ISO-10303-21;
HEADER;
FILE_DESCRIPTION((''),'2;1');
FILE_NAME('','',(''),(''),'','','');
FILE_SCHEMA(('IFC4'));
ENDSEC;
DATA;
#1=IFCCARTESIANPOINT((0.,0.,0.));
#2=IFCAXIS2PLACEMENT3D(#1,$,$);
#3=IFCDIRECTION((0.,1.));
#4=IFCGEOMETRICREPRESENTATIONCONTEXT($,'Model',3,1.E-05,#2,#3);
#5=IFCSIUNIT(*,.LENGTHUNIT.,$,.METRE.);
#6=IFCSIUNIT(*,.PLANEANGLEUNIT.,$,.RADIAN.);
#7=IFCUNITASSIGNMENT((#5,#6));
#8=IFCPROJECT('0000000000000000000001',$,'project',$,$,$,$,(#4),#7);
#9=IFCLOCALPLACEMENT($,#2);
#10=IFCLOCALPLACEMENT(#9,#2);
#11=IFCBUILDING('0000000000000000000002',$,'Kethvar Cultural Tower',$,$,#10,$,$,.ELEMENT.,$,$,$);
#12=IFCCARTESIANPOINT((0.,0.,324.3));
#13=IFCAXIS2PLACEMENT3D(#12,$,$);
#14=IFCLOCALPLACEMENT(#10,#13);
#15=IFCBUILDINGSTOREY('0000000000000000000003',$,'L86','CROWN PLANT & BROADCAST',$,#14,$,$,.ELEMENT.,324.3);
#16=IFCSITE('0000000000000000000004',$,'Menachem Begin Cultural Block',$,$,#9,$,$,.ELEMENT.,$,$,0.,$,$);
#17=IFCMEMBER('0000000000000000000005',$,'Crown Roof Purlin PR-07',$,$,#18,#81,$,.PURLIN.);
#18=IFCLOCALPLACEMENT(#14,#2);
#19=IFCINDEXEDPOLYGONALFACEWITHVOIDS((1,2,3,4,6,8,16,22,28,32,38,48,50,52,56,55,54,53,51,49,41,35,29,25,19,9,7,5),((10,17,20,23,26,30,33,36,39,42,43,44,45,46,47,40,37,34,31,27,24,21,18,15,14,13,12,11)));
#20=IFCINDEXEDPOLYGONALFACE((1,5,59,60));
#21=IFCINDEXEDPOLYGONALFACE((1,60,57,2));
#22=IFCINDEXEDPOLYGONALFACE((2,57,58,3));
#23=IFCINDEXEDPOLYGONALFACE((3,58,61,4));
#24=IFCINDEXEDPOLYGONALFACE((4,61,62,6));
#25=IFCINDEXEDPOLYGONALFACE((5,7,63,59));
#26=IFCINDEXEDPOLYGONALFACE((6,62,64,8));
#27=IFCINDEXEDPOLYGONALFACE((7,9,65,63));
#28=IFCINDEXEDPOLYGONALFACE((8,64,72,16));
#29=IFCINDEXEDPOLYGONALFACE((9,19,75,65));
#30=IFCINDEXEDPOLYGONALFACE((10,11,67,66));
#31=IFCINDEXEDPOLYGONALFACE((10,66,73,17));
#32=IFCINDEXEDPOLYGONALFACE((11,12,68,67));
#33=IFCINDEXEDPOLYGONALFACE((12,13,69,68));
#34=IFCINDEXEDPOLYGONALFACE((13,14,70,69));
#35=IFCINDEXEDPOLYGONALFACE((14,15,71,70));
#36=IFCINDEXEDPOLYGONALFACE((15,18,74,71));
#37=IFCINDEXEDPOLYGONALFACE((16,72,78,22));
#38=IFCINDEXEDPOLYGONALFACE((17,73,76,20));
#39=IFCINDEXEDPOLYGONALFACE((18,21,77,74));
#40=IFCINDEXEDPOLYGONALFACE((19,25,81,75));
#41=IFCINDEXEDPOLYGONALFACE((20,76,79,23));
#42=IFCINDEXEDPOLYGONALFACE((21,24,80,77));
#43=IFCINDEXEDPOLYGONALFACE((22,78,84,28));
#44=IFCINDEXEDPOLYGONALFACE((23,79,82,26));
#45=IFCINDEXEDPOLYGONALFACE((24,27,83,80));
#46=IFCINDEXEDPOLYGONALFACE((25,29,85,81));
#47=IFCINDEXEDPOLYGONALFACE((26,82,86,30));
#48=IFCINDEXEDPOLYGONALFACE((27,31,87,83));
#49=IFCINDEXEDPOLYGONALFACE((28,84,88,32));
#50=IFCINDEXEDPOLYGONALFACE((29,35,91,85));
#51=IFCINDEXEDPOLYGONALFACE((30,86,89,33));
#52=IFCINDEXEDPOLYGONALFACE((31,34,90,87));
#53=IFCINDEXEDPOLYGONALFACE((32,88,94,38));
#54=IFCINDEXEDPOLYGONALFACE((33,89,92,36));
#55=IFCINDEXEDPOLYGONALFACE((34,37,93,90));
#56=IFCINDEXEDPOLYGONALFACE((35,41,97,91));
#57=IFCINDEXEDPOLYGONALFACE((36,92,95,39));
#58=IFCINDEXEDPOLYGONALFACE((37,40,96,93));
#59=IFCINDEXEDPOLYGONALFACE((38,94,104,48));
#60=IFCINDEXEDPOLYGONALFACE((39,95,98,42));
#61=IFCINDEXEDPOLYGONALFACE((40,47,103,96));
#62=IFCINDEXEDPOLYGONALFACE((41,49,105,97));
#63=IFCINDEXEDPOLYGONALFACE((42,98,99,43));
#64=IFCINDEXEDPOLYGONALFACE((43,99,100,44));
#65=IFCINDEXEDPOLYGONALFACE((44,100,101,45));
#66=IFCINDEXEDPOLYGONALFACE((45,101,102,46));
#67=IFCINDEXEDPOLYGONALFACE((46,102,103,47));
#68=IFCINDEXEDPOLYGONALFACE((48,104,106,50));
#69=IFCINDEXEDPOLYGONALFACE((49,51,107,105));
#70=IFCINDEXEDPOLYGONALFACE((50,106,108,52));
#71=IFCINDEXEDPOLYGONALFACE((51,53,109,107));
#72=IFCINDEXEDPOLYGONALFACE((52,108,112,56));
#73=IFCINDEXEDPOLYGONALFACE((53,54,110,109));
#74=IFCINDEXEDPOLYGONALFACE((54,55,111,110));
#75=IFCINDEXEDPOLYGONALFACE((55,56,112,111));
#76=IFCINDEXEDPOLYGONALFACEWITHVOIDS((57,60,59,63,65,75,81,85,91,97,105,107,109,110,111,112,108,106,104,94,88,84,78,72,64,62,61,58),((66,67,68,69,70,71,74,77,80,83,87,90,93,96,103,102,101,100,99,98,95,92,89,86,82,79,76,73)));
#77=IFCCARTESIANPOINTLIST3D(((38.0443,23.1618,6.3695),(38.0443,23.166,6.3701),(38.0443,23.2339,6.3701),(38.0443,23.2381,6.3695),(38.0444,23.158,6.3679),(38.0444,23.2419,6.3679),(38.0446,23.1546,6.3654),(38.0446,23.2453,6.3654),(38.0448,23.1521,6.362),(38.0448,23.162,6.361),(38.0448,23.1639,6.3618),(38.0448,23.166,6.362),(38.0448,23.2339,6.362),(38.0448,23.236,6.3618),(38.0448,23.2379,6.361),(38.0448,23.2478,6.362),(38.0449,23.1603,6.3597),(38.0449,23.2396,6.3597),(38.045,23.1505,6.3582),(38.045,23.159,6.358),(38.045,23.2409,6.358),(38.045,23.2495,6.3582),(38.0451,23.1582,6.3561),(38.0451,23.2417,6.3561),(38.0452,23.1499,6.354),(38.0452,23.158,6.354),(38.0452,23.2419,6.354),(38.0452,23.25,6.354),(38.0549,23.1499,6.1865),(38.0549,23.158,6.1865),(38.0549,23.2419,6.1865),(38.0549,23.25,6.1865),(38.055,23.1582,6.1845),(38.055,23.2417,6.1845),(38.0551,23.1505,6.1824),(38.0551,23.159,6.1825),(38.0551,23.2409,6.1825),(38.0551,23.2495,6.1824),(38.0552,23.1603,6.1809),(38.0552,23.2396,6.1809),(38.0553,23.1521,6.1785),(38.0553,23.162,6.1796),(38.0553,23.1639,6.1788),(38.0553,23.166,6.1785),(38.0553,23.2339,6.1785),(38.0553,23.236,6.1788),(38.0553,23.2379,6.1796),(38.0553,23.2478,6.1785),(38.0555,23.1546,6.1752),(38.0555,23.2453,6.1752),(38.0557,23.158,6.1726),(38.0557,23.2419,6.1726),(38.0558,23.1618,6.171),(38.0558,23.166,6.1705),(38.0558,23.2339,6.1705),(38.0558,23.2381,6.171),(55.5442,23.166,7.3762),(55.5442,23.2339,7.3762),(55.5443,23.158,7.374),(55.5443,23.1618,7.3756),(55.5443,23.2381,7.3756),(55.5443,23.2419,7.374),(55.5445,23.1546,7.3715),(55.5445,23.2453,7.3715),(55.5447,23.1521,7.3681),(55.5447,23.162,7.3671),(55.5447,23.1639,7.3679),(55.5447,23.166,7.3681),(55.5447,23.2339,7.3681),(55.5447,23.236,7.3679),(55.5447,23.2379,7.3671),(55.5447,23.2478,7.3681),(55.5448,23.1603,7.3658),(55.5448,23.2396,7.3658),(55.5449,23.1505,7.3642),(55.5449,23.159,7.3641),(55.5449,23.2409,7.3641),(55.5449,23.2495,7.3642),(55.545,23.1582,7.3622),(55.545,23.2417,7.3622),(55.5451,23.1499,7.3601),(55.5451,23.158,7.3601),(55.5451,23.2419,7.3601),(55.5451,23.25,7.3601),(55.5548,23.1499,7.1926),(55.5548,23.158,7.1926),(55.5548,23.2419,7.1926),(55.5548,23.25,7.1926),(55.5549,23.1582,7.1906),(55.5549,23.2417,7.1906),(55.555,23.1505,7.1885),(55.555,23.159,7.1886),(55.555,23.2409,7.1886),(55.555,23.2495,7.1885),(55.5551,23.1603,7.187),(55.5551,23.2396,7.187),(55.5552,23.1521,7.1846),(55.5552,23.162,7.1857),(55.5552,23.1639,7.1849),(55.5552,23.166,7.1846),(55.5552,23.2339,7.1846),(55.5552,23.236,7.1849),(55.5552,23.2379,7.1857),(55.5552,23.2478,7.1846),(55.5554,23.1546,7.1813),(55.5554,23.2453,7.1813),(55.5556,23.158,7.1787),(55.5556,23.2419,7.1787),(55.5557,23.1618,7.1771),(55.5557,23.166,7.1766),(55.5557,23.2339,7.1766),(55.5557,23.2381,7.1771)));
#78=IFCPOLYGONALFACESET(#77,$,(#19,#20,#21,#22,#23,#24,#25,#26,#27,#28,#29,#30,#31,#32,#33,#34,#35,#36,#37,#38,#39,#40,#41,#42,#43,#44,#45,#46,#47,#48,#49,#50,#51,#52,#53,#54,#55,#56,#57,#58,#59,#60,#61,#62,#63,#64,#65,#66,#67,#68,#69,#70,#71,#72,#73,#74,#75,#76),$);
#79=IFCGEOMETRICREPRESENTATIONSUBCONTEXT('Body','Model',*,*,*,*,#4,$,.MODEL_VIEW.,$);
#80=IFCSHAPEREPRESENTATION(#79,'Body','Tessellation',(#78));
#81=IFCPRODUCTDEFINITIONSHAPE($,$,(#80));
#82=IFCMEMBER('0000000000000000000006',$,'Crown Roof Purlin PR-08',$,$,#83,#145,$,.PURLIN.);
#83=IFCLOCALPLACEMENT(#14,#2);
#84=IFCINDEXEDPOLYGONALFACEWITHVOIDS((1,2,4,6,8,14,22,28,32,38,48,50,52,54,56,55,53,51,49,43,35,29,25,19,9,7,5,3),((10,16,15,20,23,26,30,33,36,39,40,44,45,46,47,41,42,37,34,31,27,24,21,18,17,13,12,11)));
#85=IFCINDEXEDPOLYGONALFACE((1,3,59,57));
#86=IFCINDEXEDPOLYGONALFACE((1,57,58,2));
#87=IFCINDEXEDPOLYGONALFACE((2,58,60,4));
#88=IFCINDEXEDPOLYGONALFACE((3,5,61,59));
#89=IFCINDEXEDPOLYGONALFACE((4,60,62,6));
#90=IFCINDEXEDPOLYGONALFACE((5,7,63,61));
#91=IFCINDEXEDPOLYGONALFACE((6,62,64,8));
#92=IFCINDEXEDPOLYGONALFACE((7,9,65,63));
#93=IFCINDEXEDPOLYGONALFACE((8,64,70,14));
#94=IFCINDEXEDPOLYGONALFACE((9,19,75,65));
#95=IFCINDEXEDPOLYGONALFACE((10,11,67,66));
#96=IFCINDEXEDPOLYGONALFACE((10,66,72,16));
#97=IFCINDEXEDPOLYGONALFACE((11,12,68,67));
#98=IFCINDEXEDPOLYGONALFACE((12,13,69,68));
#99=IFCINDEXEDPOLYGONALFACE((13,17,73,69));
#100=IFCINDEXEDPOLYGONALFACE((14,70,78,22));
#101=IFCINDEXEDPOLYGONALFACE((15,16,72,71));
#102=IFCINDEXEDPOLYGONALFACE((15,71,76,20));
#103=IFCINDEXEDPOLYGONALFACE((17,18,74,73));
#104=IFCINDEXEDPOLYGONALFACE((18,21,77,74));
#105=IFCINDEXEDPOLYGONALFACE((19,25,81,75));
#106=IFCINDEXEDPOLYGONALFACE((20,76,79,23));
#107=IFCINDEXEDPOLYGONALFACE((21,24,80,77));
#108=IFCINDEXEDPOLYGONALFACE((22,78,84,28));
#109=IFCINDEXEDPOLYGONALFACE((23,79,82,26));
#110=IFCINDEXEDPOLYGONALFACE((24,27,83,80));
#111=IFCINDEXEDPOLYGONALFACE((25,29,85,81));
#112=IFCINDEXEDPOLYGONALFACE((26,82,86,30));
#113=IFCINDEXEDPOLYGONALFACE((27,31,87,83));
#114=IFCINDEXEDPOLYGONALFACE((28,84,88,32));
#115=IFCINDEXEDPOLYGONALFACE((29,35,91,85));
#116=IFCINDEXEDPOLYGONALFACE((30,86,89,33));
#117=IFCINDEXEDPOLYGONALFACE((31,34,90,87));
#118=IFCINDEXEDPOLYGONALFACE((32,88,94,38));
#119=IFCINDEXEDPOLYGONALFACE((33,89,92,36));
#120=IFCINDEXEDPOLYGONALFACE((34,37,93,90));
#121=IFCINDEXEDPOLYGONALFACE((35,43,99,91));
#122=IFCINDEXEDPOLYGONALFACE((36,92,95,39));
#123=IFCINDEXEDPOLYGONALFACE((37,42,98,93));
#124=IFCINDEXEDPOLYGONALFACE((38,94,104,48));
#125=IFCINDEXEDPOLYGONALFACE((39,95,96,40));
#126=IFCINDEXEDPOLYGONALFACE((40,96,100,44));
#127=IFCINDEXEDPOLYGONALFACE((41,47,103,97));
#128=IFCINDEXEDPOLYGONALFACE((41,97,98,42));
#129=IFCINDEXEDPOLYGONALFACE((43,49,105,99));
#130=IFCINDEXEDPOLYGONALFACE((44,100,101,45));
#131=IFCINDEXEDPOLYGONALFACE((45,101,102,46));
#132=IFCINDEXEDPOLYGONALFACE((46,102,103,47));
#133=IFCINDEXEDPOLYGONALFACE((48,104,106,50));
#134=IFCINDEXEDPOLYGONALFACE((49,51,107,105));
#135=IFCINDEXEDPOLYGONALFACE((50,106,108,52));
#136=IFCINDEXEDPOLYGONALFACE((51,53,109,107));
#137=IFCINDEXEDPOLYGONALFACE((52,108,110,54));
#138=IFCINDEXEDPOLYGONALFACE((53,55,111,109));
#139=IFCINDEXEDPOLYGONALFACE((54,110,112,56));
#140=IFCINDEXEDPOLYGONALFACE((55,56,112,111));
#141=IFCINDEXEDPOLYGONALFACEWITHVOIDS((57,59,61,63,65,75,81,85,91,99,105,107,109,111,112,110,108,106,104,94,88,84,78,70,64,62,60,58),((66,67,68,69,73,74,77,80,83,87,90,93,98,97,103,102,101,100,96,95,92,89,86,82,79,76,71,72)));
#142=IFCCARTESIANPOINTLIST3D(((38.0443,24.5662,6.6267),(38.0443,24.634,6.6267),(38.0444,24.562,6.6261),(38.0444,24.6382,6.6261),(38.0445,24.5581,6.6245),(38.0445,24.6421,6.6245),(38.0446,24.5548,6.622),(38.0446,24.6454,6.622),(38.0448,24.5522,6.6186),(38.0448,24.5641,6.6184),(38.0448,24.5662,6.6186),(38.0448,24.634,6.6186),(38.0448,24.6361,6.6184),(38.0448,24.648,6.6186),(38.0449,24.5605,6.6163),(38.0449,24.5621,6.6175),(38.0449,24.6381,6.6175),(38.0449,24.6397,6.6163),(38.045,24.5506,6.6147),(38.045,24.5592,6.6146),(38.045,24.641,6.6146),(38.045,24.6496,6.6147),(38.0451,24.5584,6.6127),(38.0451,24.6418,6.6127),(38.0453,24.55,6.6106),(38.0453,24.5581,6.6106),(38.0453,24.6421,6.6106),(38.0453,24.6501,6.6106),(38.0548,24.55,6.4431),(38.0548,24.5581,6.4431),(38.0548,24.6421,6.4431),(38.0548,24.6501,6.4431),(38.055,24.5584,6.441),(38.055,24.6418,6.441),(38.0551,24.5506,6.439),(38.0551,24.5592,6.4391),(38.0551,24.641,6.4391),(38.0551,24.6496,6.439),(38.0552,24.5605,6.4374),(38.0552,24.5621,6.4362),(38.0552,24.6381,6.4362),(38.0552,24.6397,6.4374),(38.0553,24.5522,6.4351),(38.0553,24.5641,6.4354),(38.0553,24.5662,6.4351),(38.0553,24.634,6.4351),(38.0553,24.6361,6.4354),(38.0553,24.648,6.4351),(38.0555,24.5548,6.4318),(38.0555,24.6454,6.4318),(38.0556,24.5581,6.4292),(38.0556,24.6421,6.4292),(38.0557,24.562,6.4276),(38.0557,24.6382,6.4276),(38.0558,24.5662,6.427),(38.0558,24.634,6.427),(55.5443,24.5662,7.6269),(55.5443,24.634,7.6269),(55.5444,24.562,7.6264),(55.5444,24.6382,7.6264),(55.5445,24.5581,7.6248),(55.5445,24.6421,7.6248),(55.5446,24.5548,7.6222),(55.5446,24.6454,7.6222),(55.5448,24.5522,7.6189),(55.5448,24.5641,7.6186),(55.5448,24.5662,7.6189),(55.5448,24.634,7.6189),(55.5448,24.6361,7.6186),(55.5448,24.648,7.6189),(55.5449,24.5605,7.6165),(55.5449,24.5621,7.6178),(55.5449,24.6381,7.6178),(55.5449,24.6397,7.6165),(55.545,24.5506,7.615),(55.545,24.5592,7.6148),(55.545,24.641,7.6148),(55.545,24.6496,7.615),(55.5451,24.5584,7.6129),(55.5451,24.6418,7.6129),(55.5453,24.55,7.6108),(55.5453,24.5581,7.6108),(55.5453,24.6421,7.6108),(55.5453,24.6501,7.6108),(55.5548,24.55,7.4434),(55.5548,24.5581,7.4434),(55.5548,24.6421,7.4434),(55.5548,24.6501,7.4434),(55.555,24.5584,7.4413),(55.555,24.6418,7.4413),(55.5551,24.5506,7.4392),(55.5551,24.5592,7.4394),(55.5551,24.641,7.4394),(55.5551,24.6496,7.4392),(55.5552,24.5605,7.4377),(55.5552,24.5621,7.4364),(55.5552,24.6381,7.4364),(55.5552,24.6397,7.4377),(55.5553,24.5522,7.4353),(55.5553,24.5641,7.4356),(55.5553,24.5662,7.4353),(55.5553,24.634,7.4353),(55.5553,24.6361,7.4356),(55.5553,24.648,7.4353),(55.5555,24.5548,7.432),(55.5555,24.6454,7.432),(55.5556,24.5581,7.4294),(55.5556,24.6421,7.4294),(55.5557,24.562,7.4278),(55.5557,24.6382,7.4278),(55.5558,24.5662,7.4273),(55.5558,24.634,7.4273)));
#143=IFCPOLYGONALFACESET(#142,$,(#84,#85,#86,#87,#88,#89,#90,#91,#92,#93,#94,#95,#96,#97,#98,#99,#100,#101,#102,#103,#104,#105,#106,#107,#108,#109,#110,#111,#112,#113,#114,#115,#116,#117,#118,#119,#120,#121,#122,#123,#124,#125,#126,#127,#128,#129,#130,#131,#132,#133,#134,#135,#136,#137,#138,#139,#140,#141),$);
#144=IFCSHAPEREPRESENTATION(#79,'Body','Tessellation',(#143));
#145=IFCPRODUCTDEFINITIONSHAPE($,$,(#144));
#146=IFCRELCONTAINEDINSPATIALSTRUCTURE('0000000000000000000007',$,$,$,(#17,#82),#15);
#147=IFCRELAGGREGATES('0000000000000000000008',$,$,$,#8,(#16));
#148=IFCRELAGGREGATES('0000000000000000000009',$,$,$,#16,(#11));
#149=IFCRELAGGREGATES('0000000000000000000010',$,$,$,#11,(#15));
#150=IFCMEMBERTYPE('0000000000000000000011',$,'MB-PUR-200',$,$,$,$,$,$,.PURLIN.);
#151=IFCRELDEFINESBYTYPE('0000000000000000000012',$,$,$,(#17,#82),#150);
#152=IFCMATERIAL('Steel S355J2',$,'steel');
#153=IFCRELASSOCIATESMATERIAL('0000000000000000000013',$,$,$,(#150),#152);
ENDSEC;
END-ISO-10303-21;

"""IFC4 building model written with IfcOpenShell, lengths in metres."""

from ifc_helpers import new_model, si_unit, direction, frame, origin, origin_2d, place, context, subcontext, project, spatial, hollow_rectangle, extrude, source, transform, mapped, material, material_profile, profile_set, type_object, element, save


model = new_model("IFC4")

# Units and contexts
model_context = context("Model", 3, precision=1e-05, world=origin(), true_north=direction((0.0, 1.0)))
body_context = subcontext(model_context, "Body", "Model", "MODEL_VIEW")
ifc_project = project(units=[si_unit("LENGTHUNIT", "METRE"), si_unit("PLANEANGLEUNIT", "RADIAN")], contexts=[model_context])

# Site, building, storey
site_placement = place(None, origin())
site = spatial("IfcSite", under=ifc_project, at=site_placement, Name="Menachem Begin Cultural Block", CompositionType="ELEMENT", RefElevation=0.0)
building_placement = place(site_placement, origin())
building = spatial("IfcBuilding", under=site, at=building_placement, Name="Kethvar Cultural Tower", CompositionType="ELEMENT")
storey_placement = place(building_placement, frame((0.0, 0.0, 324.3)))
storey = spatial("IfcBuildingStorey", under=building, at=storey_placement, Name="L86", Description="CROWN PLANT & BROADCAST", CompositionType="ELEMENT", Elevation=324.3)

# Shared definitions
ifc_material_1 = material(Name="Steel S355J2", Category="steel")

# Members
ifc_material_profile_1 = material_profile(ifc_material_1, hollow_rectangle(XDim=0.1001, YDim=0.2, WallThickness=0.0081, InnerFilletRadius=0.0081, OuterFilletRadius=0.0161, at=origin_2d()), Name="Steel S355J2 — RHS200x100x8")
ifc_profile_set_1 = profile_set([ifc_material_profile_1], Name="Steel S355J2 — RHS200x100x8")
member_type_1 = type_object("IfcMemberType", Name="MB-PUR-200", PredefinedType="PURLIN", material=ifc_profile_set_1)
shared_shape_1 = source(origin(), body_context, "Body", "SweptSolid", [
    extrude(hollow_rectangle(XDim=0.1001, YDim=0.2, WallThickness=0.0081, InnerFilletRadius=0.0081, OuterFilletRadius=0.0161, at=origin_2d()), origin(), (0.0, 0.0, 1.0), 17.5288),
])
member_1_placement = place(storey_placement, frame((38.05, 23.2, 6.2703), z_axis=(0.998351, 0.0, 0.057397), x_axis=(0.0, 1.0, 0.0)))
element("IfcMember", 1, at=member_1_placement, inside=storey, type_object=member_type_1, Name="Crown Roof Purlin PR-07", PredefinedType="PURLIN", context=body_context, shape_type="MappedRepresentation", body=[
    mapped(shared_shape_1, transform((0.0, 0.0, 0.0), scale=1.0)),
])
shared_shape_2 = source(origin(), body_context, "Body", "SweptSolid", [
    extrude(hollow_rectangle(XDim=0.1001, YDim=0.2, WallThickness=0.0081, InnerFilletRadius=0.0081, OuterFilletRadius=0.0161, at=origin_2d()), origin(), (0.0, 0.0, 1.0), 17.5286),
])
member_2_placement = place(storey_placement, frame((38.05, 24.6001, 6.5269), z_axis=(0.998371, 0.0, 0.057064), x_axis=(0.0, 1.0, 0.0)))
element("IfcMember", 2, at=member_2_placement, inside=storey, type_object=member_type_1, Name="Crown Roof Purlin PR-08", PredefinedType="PURLIN", context=body_context, shape_type="MappedRepresentation", body=[
    mapped(shared_shape_2, transform((0.0, 0.0, 0.0), scale=1.0)),
])

save(model, "model.ifc")
